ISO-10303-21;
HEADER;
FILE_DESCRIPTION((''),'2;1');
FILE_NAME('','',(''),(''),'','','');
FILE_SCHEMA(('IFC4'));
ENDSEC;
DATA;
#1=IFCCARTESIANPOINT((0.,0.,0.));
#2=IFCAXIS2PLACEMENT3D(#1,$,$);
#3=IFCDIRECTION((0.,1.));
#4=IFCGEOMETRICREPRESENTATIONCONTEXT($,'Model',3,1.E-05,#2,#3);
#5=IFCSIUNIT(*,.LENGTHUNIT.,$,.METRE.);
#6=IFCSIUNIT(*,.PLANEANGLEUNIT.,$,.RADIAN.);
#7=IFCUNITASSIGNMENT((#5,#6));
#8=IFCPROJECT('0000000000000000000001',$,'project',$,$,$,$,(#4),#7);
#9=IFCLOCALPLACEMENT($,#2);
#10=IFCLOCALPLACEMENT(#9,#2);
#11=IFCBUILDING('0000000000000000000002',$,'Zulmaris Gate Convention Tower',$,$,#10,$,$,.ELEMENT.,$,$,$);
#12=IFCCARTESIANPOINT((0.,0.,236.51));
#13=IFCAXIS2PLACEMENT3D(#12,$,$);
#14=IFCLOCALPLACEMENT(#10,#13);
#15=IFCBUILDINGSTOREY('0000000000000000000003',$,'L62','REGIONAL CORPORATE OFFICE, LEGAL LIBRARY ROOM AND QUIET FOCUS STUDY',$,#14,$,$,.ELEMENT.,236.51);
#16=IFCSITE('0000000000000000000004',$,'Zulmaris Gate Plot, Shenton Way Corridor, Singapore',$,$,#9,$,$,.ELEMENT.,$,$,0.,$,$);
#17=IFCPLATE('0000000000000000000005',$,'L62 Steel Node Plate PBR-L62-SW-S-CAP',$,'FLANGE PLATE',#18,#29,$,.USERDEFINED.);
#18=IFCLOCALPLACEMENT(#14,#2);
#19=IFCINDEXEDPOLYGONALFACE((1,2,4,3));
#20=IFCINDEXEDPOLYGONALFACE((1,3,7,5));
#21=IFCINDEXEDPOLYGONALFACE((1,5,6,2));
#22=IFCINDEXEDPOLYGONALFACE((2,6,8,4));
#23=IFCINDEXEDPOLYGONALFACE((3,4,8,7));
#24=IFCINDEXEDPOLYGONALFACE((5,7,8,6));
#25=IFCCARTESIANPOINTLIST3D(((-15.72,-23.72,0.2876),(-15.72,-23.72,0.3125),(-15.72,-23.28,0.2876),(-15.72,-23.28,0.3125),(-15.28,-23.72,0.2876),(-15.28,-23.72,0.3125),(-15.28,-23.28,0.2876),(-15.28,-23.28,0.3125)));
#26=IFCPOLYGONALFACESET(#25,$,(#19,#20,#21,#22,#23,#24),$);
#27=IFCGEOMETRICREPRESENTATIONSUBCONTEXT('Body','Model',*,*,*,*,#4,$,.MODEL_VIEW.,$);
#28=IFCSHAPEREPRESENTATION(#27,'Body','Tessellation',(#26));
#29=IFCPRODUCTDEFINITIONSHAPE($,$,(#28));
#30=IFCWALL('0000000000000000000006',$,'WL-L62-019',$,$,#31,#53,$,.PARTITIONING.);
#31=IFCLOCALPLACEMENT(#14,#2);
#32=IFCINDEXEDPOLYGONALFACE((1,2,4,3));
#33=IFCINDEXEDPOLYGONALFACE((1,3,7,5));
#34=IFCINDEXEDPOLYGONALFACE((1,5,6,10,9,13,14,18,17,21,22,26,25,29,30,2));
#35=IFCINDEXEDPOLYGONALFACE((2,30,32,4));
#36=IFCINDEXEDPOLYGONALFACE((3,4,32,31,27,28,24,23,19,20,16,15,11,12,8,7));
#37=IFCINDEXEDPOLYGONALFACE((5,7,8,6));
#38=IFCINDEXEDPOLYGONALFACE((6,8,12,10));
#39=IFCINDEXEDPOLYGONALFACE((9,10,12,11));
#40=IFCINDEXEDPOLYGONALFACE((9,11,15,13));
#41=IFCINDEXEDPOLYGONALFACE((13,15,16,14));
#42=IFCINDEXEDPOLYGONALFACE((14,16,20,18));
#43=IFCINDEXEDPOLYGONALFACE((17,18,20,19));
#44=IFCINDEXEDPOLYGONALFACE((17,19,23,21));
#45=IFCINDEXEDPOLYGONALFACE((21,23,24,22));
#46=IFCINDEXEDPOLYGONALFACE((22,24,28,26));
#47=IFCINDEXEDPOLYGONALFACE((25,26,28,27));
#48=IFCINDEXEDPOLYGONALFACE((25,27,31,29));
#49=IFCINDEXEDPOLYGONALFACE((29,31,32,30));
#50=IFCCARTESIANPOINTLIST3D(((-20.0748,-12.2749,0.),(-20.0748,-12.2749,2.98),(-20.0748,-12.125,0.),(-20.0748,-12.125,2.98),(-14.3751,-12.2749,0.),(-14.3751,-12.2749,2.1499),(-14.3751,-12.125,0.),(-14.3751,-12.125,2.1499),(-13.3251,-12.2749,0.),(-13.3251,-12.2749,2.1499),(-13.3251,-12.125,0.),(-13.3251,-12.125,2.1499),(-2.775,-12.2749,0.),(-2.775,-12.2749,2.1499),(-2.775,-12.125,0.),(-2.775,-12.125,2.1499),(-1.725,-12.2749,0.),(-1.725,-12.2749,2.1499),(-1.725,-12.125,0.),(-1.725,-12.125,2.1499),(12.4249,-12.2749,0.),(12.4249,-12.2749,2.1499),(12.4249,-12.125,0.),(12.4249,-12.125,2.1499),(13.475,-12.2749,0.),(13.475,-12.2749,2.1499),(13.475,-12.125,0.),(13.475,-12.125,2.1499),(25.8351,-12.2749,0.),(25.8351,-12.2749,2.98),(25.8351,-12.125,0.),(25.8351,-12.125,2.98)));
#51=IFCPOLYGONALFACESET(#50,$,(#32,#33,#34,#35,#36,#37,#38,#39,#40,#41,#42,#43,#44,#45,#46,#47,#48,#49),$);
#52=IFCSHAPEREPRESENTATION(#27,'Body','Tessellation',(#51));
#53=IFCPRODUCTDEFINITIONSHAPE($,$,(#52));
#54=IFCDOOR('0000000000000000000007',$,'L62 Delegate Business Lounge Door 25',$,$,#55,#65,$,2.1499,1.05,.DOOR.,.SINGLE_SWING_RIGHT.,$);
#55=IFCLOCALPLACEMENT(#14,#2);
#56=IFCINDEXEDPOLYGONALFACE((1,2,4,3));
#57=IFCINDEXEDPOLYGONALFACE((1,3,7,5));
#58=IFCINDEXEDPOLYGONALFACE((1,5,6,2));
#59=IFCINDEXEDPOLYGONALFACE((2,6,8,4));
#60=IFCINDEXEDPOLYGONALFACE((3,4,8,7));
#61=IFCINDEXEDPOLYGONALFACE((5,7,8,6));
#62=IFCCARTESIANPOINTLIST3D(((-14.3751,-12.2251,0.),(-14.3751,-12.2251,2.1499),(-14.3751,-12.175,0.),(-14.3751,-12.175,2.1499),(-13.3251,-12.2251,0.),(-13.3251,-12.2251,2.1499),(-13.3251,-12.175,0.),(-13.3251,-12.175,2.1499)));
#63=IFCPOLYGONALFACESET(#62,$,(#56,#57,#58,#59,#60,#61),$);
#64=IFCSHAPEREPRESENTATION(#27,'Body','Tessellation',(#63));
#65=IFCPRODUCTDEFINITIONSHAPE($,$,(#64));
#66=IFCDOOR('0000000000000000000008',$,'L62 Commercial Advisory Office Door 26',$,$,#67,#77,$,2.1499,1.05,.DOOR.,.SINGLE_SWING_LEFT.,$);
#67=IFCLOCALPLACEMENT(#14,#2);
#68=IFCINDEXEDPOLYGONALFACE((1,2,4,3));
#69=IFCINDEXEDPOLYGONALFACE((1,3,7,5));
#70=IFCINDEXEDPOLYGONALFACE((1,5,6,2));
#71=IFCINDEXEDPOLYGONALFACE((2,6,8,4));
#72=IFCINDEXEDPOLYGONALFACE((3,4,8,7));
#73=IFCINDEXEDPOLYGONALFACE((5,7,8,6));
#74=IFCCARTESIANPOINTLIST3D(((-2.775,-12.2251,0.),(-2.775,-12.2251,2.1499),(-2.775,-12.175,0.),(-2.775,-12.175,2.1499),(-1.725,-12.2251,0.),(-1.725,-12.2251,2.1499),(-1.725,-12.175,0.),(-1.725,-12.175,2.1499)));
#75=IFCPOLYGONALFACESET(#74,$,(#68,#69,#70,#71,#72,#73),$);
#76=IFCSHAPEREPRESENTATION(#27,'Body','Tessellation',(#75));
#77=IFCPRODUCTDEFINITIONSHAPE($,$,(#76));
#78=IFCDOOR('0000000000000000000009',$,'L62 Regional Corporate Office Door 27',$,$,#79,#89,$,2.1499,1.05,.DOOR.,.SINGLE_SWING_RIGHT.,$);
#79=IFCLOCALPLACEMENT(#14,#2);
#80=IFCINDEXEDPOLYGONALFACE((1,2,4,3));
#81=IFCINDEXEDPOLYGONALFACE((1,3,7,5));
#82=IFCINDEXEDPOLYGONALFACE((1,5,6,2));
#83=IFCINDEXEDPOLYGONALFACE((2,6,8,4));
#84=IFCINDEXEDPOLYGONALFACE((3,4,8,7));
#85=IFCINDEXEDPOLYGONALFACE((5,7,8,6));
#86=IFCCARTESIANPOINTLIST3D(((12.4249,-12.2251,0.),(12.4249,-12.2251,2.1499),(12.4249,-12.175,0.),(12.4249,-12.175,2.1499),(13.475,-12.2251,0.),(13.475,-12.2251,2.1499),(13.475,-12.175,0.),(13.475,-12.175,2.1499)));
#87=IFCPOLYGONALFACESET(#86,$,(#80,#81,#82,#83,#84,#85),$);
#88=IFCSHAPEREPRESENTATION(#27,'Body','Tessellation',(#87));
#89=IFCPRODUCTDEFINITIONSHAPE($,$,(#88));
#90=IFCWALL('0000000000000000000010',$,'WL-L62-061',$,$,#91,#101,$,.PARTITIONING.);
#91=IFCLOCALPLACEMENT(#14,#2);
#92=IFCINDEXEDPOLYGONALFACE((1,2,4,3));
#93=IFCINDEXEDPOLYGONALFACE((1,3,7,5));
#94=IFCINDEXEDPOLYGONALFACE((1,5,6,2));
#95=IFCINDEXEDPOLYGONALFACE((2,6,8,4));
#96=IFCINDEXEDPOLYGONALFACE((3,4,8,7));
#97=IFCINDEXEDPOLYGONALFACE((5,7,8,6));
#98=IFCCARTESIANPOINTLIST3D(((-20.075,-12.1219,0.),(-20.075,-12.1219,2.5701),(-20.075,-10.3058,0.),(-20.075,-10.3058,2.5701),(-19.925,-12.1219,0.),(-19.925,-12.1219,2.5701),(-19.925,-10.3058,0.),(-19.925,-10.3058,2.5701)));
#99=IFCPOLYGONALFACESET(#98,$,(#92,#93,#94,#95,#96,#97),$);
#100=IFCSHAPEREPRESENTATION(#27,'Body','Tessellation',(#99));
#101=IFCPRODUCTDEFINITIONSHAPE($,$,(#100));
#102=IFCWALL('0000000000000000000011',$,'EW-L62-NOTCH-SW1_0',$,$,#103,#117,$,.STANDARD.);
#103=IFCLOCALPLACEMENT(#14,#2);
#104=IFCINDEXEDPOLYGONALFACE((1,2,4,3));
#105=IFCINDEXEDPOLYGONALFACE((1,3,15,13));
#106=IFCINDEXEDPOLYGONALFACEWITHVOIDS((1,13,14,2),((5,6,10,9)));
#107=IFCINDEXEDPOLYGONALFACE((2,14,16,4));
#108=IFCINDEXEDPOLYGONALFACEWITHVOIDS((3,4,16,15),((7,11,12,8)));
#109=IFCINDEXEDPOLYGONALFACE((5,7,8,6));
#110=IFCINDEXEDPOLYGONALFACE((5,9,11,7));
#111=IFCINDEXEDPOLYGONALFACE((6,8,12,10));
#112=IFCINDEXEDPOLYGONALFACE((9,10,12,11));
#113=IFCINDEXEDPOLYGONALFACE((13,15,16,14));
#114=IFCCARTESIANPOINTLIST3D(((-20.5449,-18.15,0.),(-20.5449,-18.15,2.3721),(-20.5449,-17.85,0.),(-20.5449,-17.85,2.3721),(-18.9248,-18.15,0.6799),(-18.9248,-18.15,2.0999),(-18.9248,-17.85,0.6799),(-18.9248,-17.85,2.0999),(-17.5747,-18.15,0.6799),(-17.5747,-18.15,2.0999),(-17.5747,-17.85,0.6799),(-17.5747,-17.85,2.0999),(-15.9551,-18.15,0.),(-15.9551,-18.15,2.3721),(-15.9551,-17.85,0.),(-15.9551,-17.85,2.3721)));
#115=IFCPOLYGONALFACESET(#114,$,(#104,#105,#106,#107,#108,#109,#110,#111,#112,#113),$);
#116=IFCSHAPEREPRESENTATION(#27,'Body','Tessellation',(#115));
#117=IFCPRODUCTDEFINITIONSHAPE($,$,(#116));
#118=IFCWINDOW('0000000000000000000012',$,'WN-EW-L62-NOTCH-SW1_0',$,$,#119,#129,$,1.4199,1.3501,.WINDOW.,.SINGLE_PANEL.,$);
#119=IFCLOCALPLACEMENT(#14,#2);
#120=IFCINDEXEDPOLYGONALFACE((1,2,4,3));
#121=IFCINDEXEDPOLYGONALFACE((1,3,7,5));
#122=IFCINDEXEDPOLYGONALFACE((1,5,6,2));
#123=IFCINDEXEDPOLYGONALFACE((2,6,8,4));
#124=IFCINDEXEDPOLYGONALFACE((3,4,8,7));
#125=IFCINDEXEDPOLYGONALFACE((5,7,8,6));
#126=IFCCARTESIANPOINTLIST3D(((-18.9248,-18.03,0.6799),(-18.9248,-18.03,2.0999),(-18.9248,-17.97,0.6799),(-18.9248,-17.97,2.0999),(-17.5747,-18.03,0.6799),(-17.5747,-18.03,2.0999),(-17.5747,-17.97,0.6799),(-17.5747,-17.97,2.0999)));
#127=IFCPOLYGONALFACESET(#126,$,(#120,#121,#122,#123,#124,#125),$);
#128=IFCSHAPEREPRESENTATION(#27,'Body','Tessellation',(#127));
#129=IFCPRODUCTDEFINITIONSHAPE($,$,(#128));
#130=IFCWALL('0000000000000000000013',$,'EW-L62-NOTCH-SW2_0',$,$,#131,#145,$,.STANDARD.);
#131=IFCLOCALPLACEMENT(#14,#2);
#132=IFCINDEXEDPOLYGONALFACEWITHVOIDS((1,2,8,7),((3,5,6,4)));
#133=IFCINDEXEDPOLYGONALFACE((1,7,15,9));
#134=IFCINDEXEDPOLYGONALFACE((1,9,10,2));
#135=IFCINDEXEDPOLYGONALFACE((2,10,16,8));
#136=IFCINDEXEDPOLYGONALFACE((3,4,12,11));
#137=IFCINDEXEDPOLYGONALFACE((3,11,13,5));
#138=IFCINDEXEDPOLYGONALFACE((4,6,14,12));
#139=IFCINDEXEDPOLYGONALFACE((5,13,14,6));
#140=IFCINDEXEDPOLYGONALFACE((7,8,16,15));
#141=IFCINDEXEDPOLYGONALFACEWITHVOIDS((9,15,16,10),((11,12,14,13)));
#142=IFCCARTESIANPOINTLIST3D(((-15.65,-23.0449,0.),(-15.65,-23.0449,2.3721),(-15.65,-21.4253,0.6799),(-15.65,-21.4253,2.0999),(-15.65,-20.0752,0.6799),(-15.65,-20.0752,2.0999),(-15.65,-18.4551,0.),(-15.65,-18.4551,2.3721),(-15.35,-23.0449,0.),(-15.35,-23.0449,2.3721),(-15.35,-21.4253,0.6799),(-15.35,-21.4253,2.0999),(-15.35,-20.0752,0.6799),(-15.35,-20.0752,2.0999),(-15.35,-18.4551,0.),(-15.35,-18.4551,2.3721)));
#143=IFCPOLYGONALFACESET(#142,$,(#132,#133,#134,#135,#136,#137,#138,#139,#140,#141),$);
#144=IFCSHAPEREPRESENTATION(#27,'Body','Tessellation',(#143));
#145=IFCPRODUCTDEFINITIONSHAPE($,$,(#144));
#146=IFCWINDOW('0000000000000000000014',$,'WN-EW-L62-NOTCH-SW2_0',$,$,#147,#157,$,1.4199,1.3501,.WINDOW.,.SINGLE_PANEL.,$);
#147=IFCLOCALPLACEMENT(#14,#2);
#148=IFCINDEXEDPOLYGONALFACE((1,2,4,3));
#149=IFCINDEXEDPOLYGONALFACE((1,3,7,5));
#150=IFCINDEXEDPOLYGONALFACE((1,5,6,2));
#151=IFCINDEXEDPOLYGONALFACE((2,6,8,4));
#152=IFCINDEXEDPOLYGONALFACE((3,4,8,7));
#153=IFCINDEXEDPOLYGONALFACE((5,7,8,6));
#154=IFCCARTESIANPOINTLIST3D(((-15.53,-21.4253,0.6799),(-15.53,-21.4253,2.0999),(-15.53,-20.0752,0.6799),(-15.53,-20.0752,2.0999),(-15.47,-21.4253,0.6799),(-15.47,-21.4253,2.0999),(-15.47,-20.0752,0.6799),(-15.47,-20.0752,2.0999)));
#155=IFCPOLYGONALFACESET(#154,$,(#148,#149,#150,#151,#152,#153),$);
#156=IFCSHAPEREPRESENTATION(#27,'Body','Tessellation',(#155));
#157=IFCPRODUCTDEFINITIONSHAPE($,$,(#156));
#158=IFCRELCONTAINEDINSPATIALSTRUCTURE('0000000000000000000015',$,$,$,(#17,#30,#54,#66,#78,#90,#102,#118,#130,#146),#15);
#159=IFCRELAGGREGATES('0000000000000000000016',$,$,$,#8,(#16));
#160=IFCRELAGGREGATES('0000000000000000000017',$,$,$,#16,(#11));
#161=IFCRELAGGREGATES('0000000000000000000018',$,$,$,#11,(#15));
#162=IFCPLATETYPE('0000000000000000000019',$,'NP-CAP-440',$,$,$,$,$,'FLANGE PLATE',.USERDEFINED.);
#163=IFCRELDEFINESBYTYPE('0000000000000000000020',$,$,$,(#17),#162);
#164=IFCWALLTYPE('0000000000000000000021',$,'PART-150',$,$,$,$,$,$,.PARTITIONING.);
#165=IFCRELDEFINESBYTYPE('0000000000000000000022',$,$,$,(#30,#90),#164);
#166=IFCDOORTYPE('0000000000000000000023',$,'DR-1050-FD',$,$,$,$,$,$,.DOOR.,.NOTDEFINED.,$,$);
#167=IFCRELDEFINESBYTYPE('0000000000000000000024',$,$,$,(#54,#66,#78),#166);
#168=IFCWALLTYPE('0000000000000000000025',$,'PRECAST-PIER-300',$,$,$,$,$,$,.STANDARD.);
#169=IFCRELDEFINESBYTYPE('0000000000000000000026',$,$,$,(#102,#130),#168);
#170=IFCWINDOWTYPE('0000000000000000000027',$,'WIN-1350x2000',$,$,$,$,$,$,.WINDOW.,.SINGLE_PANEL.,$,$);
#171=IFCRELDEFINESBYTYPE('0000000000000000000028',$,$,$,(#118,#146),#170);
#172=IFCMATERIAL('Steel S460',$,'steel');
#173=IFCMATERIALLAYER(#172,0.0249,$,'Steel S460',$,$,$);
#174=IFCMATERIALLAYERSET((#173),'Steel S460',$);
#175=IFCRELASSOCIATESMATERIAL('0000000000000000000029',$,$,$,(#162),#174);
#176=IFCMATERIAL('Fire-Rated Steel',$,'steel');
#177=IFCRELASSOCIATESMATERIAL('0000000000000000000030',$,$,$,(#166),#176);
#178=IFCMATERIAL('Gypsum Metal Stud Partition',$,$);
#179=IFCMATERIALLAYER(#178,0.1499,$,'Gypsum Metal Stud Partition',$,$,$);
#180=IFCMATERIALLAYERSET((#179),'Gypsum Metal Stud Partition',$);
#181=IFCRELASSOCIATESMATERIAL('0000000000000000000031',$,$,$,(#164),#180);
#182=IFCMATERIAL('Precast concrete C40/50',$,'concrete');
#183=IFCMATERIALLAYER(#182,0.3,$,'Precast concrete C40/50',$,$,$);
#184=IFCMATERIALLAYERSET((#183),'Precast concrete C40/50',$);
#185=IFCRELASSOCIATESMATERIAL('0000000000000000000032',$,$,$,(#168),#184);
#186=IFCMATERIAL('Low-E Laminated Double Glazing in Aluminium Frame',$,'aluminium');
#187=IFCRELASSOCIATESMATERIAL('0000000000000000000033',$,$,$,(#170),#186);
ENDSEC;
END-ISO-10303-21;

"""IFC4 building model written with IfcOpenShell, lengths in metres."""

from ifc_helpers import new_model, si_unit, direction, frame, frame_2d, origin, origin_2d, place, context, subcontext, project, spatial, rectangle, extrude, material, layer, layer_set, type_object, element, fill, save


model = new_model("IFC4")

# Units and contexts
model_context = context("Model", 3, precision=1e-05, world=origin(), true_north=direction((0.0, 1.0)))
body_context = subcontext(model_context, "Body", "Model", "MODEL_VIEW")
ifc_project = project(units=[si_unit("LENGTHUNIT", "METRE"), si_unit("PLANEANGLEUNIT", "RADIAN")], contexts=[model_context])

# Site, building, storey
site_placement = place(None, origin())
site = spatial("IfcSite", under=ifc_project, at=site_placement, Name="Zulmaris Gate Plot, Shenton Way Corridor, Singapore", CompositionType="ELEMENT", RefElevation=0.0)
building_placement = place(site_placement, origin())
building = spatial("IfcBuilding", under=site, at=building_placement, Name="Zulmaris Gate Convention Tower", CompositionType="ELEMENT")
storey_placement = place(building_placement, frame((0.0, 0.0, 236.51)))
storey = spatial("IfcBuildingStorey", under=building, at=storey_placement, Name="L62", Description="REGIONAL CORPORATE OFFICE, LEGAL LIBRARY ROOM AND QUIET FOCUS STUDY", CompositionType="ELEMENT", Elevation=236.51)

# Plate
ifc_material_1 = material(Name="Steel S460", Category="steel")
ifc_layer_1 = layer(ifc_material_1, 0.0249, Name="Steel S460")
ifc_layer_set_1 = layer_set([ifc_layer_1], Name="Steel S460")
plate_type = type_object("IfcPlateType", Name="NP-CAP-440", ElementType="FLANGE PLATE", PredefinedType="USERDEFINED", material=ifc_layer_set_1)
for number, where, z_axis, x_axis, name in (
    (1, (-15.5, -23.5, 0.2876), (0.0, 0.0, 1.0), (1.0, 0.0, 0.0), "L62 Steel Node Plate PBR-L62-SW-S-CAP"),
):
    element("IfcPlate", number, at=place(storey_placement, frame(where, z_axis=z_axis, x_axis=x_axis)), inside=storey, type_object=plate_type, Name=name, ObjectType="FLANGE PLATE", PredefinedType="USERDEFINED", context=body_context, shape_type="SweptSolid", body=[
        extrude(rectangle(XDim=0.4399, YDim=0.4399, at=origin_2d()), origin(), (0.0, 0.0, 1.0), 0.0249),
    ])

# Shared definitions
ifc_material_2 = material(Name="Fire-Rated Steel", Category="steel")
door_type = type_object("IfcDoorType", Name="DR-1050-FD", OperationType="NOTDEFINED", PredefinedType="DOOR", material=ifc_material_2)

# Wall, openings, doors
ifc_material_3 = material(Name="Gypsum Metal Stud Partition")
ifc_layer_2 = layer(ifc_material_3, 0.1499, Name="Gypsum Metal Stud Partition")
ifc_layer_set_2 = layer_set([ifc_layer_2], Name="Gypsum Metal Stud Partition")
wall_type_1 = type_object("IfcWallType", Name="PART-150", PredefinedType="PARTITIONING", material=ifc_layer_set_2)
wall_1_placement = place(storey_placement, frame((-20.075, -12.2, 0.0), z_axis=(0.0, 0.0, 1.0), x_axis=(1.0, 0.0, 0.0)))
wall_1 = element("IfcWall", 2, at=wall_1_placement, inside=storey, type_object=wall_type_1, Name="WL-L62-019", PredefinedType="PARTITIONING", context=body_context, shape_type="SweptSolid", body=[
    extrude(rectangle(XDim=45.9099, YDim=0.1499, at=frame_2d((22.9551, 0.0))), origin(), (0.0, 0.0, 1.0), 2.98),
])
opening_1_placement = place(wall_1_placement, frame((5.7, 0.0, 0.0)))
opening_1 = element("IfcOpeningElement", 3, at=opening_1_placement, cuts=wall_1, PredefinedType="OPENING", context=body_context, shape_type="SweptSolid", body=[
    extrude(rectangle(XDim=1.05, YDim=2.1499, at=frame_2d((0.5249, 1.075))), frame((0.0, 0.085, 0.0), z_axis=(0.0, -1.0, 0.0), x_axis=(1.0, 0.0, 0.0)), (0.0, 0.0, 1.0), 0.1699),
])
opening_2_placement = place(wall_1_placement, frame((17.3, 0.0, 0.0)))
opening_2 = element("IfcOpeningElement", 4, at=opening_2_placement, cuts=wall_1, PredefinedType="OPENING", context=body_context, shape_type="SweptSolid", body=[
    extrude(rectangle(XDim=1.05, YDim=2.1499, at=frame_2d((0.5249, 1.075))), frame((0.0, 0.085, 0.0), z_axis=(0.0, -1.0, 0.0), x_axis=(1.0, 0.0, 0.0)), (0.0, 0.0, 1.0), 0.1699),
])
opening_3_placement = place(wall_1_placement, frame((32.5, 0.0, 0.0)))
opening_3 = element("IfcOpeningElement", 5, at=opening_3_placement, cuts=wall_1, PredefinedType="OPENING", context=body_context, shape_type="SweptSolid", body=[
    extrude(rectangle(XDim=1.05, YDim=2.1499, at=frame_2d((0.5249, 1.075))), frame((0.0, 0.085, 0.0), z_axis=(0.0, -1.0, 0.0), x_axis=(1.0, 0.0, 0.0)), (0.0, 0.0, 1.0), 0.1699),
])
door_1_placement = place(opening_1_placement, origin())
door_1 = element("IfcDoor", 6, at=door_1_placement, inside=storey, type_object=door_type, Name="L62 Delegate Business Lounge Door 25", OperationType="SINGLE_SWING_RIGHT", OverallHeight=2.1499, OverallWidth=1.05, PredefinedType="DOOR", context=body_context, shape_type="SweptSolid", body=[
    extrude(rectangle(XDim=1.05, YDim=2.1499, at=frame_2d((0.5249, 1.075))), frame((0.0, 0.0249, 0.0), z_axis=(0.0, -1.0, 0.0), x_axis=(1.0, 0.0, 0.0)), (0.0, 0.0, 1.0), 0.05),
])
fill(opening_1, door_1)
door_2_placement = place(opening_2_placement, origin())
door_2 = element("IfcDoor", 7, at=door_2_placement, inside=storey, type_object=door_type, Name="L62 Commercial Advisory Office Door 26", OperationType="SINGLE_SWING_LEFT", OverallHeight=2.1499, OverallWidth=1.05, PredefinedType="DOOR", context=body_context, shape_type="SweptSolid", body=[
    extrude(rectangle(XDim=1.05, YDim=2.1499, at=frame_2d((0.5249, 1.075))), frame((0.0, 0.0249, 0.0), z_axis=(0.0, -1.0, 0.0), x_axis=(1.0, 0.0, 0.0)), (0.0, 0.0, 1.0), 0.05),
])
fill(opening_2, door_2)
door_3_placement = place(opening_3_placement, origin())
door_3 = element("IfcDoor", 8, at=door_3_placement, inside=storey, type_object=door_type, Name="L62 Regional Corporate Office Door 27", OperationType="SINGLE_SWING_RIGHT", OverallHeight=2.1499, OverallWidth=1.05, PredefinedType="DOOR", context=body_context, shape_type="SweptSolid", body=[
    extrude(rectangle(XDim=1.05, YDim=2.1499, at=frame_2d((0.5249, 1.075))), frame((0.0, 0.0249, 0.0), z_axis=(0.0, -1.0, 0.0), x_axis=(1.0, 0.0, 0.0)), (0.0, 0.0, 1.0), 0.05),
])
fill(opening_3, door_3)

# Wall
wall_2_placement = place(storey_placement, frame((-20.0, -12.1221, 0.0), z_axis=(0.0, 0.0, 1.0), x_axis=(0.0, 1.0, 0.0)))
element("IfcWall", 9, at=wall_2_placement, inside=storey, type_object=wall_type_1, Name="WL-L62-061", PredefinedType="PARTITIONING", context=body_context, shape_type="SweptSolid", body=[
    extrude(rectangle(XDim=1.8162, YDim=0.1499, at=frame_2d((0.9082, 0.0))), origin(), (0.0, 0.0, 1.0), 2.5701),
])

# Walls, openings, windows
ifc_material_4 = material(Name="Precast concrete C40/50", Category="concrete")
ifc_layer_3 = layer(ifc_material_4, 0.3, Name="Precast concrete C40/50")
ifc_layer_set_3 = layer_set([ifc_layer_3], Name="Precast concrete C40/50")
wall_type_2 = type_object("IfcWallType", Name="PRECAST-PIER-300", PredefinedType="STANDARD", material=ifc_layer_set_3)
wall_3_placement = place(storey_placement, frame((-20.5449, -18.0, 0.0), z_axis=(0.0, 0.0, 1.0), x_axis=(1.0, 0.0, 0.0)))
wall_3 = element("IfcWall", 10, at=wall_3_placement, inside=storey, type_object=wall_type_2, Name="EW-L62-NOTCH-SW1_0", PredefinedType="STANDARD", context=body_context, shape_type="SweptSolid", body=[
    extrude(rectangle(XDim=4.5898, YDim=0.3, at=frame_2d((2.2949, 0.0))), origin(), (0.0, 0.0, 1.0), 2.3721),
])
opening_4_placement = place(wall_3_placement, frame((1.6201, 0.0, 0.6799)))
opening_4 = element("IfcOpeningElement", 11, at=opening_4_placement, cuts=wall_3, PredefinedType="OPENING", context=body_context, shape_type="SweptSolid", body=[
    extrude(rectangle(XDim=1.3501, YDim=1.4199, at=frame_2d((0.675, 0.71))), frame((0.0, 0.1602, 0.0), z_axis=(0.0, -1.0, 0.0), x_axis=(1.0, 0.0, 0.0)), (0.0, 0.0, 1.0), 0.3201),
])
ifc_material_5 = material(Name="Low-E Laminated Double Glazing in Aluminium Frame", Category="aluminium")
window_type = type_object("IfcWindowType", Name="WIN-1350x2000", PartitioningType="SINGLE_PANEL", PredefinedType="WINDOW", material=ifc_material_5)
window_1_placement = place(opening_4_placement, origin())
window_1 = element("IfcWindow", 12, at=window_1_placement, inside=storey, type_object=window_type, Name="WN-EW-L62-NOTCH-SW1_0", OverallHeight=1.4199, OverallWidth=1.3501, PartitioningType="SINGLE_PANEL", PredefinedType="WINDOW", context=body_context, shape_type="SweptSolid", body=[
    extrude(rectangle(XDim=1.3501, YDim=1.4199, at=frame_2d((0.675, 0.71))), frame((0.0, 0.03, 0.0), z_axis=(0.0, -1.0, 0.0), x_axis=(1.0, 0.0, 0.0)), (0.0, 0.0, 1.0), 0.0601),
])
fill(opening_4, window_1)
wall_4_placement = place(storey_placement, frame((-15.5, -18.4551, 0.0), z_axis=(0.0, 0.0, 1.0), x_axis=(0.0, -1.0, 0.0)))
wall_4 = element("IfcWall", 13, at=wall_4_placement, inside=storey, type_object=wall_type_2, Name="EW-L62-NOTCH-SW2_0", PredefinedType="STANDARD", context=body_context, shape_type="SweptSolid", body=[
    extrude(rectangle(XDim=4.5898, YDim=0.3, at=frame_2d((2.2949, 0.0))), origin(), (0.0, 0.0, 1.0), 2.3721),
])
opening_5_placement = place(wall_4_placement, frame((1.6201, 0.0, 0.6799)))
opening_5 = element("IfcOpeningElement", 14, at=opening_5_placement, cuts=wall_4, PredefinedType="OPENING", context=body_context, shape_type="SweptSolid", body=[
    extrude(rectangle(XDim=1.3501, YDim=1.4199, at=frame_2d((0.675, 0.71))), frame((0.0, 0.1602, 0.0), z_axis=(0.0, -1.0, 0.0), x_axis=(1.0, 0.0, 0.0)), (0.0, 0.0, 1.0), 0.3201),
])
window_2_placement = place(opening_5_placement, origin())
window_2 = element("IfcWindow", 15, at=window_2_placement, inside=storey, type_object=window_type, Name="WN-EW-L62-NOTCH-SW2_0", OverallHeight=1.4199, OverallWidth=1.3501, PartitioningType="SINGLE_PANEL", PredefinedType="WINDOW", context=body_context, shape_type="SweptSolid", body=[
    extrude(rectangle(XDim=1.3501, YDim=1.4199, at=frame_2d((0.675, 0.71))), frame((0.0, 0.03, 0.0), z_axis=(0.0, -1.0, 0.0), x_axis=(1.0, 0.0, 0.0)), (0.0, 0.0, 1.0), 0.0601),
])
fill(opening_5, window_2)

save(model, "model.ifc")
